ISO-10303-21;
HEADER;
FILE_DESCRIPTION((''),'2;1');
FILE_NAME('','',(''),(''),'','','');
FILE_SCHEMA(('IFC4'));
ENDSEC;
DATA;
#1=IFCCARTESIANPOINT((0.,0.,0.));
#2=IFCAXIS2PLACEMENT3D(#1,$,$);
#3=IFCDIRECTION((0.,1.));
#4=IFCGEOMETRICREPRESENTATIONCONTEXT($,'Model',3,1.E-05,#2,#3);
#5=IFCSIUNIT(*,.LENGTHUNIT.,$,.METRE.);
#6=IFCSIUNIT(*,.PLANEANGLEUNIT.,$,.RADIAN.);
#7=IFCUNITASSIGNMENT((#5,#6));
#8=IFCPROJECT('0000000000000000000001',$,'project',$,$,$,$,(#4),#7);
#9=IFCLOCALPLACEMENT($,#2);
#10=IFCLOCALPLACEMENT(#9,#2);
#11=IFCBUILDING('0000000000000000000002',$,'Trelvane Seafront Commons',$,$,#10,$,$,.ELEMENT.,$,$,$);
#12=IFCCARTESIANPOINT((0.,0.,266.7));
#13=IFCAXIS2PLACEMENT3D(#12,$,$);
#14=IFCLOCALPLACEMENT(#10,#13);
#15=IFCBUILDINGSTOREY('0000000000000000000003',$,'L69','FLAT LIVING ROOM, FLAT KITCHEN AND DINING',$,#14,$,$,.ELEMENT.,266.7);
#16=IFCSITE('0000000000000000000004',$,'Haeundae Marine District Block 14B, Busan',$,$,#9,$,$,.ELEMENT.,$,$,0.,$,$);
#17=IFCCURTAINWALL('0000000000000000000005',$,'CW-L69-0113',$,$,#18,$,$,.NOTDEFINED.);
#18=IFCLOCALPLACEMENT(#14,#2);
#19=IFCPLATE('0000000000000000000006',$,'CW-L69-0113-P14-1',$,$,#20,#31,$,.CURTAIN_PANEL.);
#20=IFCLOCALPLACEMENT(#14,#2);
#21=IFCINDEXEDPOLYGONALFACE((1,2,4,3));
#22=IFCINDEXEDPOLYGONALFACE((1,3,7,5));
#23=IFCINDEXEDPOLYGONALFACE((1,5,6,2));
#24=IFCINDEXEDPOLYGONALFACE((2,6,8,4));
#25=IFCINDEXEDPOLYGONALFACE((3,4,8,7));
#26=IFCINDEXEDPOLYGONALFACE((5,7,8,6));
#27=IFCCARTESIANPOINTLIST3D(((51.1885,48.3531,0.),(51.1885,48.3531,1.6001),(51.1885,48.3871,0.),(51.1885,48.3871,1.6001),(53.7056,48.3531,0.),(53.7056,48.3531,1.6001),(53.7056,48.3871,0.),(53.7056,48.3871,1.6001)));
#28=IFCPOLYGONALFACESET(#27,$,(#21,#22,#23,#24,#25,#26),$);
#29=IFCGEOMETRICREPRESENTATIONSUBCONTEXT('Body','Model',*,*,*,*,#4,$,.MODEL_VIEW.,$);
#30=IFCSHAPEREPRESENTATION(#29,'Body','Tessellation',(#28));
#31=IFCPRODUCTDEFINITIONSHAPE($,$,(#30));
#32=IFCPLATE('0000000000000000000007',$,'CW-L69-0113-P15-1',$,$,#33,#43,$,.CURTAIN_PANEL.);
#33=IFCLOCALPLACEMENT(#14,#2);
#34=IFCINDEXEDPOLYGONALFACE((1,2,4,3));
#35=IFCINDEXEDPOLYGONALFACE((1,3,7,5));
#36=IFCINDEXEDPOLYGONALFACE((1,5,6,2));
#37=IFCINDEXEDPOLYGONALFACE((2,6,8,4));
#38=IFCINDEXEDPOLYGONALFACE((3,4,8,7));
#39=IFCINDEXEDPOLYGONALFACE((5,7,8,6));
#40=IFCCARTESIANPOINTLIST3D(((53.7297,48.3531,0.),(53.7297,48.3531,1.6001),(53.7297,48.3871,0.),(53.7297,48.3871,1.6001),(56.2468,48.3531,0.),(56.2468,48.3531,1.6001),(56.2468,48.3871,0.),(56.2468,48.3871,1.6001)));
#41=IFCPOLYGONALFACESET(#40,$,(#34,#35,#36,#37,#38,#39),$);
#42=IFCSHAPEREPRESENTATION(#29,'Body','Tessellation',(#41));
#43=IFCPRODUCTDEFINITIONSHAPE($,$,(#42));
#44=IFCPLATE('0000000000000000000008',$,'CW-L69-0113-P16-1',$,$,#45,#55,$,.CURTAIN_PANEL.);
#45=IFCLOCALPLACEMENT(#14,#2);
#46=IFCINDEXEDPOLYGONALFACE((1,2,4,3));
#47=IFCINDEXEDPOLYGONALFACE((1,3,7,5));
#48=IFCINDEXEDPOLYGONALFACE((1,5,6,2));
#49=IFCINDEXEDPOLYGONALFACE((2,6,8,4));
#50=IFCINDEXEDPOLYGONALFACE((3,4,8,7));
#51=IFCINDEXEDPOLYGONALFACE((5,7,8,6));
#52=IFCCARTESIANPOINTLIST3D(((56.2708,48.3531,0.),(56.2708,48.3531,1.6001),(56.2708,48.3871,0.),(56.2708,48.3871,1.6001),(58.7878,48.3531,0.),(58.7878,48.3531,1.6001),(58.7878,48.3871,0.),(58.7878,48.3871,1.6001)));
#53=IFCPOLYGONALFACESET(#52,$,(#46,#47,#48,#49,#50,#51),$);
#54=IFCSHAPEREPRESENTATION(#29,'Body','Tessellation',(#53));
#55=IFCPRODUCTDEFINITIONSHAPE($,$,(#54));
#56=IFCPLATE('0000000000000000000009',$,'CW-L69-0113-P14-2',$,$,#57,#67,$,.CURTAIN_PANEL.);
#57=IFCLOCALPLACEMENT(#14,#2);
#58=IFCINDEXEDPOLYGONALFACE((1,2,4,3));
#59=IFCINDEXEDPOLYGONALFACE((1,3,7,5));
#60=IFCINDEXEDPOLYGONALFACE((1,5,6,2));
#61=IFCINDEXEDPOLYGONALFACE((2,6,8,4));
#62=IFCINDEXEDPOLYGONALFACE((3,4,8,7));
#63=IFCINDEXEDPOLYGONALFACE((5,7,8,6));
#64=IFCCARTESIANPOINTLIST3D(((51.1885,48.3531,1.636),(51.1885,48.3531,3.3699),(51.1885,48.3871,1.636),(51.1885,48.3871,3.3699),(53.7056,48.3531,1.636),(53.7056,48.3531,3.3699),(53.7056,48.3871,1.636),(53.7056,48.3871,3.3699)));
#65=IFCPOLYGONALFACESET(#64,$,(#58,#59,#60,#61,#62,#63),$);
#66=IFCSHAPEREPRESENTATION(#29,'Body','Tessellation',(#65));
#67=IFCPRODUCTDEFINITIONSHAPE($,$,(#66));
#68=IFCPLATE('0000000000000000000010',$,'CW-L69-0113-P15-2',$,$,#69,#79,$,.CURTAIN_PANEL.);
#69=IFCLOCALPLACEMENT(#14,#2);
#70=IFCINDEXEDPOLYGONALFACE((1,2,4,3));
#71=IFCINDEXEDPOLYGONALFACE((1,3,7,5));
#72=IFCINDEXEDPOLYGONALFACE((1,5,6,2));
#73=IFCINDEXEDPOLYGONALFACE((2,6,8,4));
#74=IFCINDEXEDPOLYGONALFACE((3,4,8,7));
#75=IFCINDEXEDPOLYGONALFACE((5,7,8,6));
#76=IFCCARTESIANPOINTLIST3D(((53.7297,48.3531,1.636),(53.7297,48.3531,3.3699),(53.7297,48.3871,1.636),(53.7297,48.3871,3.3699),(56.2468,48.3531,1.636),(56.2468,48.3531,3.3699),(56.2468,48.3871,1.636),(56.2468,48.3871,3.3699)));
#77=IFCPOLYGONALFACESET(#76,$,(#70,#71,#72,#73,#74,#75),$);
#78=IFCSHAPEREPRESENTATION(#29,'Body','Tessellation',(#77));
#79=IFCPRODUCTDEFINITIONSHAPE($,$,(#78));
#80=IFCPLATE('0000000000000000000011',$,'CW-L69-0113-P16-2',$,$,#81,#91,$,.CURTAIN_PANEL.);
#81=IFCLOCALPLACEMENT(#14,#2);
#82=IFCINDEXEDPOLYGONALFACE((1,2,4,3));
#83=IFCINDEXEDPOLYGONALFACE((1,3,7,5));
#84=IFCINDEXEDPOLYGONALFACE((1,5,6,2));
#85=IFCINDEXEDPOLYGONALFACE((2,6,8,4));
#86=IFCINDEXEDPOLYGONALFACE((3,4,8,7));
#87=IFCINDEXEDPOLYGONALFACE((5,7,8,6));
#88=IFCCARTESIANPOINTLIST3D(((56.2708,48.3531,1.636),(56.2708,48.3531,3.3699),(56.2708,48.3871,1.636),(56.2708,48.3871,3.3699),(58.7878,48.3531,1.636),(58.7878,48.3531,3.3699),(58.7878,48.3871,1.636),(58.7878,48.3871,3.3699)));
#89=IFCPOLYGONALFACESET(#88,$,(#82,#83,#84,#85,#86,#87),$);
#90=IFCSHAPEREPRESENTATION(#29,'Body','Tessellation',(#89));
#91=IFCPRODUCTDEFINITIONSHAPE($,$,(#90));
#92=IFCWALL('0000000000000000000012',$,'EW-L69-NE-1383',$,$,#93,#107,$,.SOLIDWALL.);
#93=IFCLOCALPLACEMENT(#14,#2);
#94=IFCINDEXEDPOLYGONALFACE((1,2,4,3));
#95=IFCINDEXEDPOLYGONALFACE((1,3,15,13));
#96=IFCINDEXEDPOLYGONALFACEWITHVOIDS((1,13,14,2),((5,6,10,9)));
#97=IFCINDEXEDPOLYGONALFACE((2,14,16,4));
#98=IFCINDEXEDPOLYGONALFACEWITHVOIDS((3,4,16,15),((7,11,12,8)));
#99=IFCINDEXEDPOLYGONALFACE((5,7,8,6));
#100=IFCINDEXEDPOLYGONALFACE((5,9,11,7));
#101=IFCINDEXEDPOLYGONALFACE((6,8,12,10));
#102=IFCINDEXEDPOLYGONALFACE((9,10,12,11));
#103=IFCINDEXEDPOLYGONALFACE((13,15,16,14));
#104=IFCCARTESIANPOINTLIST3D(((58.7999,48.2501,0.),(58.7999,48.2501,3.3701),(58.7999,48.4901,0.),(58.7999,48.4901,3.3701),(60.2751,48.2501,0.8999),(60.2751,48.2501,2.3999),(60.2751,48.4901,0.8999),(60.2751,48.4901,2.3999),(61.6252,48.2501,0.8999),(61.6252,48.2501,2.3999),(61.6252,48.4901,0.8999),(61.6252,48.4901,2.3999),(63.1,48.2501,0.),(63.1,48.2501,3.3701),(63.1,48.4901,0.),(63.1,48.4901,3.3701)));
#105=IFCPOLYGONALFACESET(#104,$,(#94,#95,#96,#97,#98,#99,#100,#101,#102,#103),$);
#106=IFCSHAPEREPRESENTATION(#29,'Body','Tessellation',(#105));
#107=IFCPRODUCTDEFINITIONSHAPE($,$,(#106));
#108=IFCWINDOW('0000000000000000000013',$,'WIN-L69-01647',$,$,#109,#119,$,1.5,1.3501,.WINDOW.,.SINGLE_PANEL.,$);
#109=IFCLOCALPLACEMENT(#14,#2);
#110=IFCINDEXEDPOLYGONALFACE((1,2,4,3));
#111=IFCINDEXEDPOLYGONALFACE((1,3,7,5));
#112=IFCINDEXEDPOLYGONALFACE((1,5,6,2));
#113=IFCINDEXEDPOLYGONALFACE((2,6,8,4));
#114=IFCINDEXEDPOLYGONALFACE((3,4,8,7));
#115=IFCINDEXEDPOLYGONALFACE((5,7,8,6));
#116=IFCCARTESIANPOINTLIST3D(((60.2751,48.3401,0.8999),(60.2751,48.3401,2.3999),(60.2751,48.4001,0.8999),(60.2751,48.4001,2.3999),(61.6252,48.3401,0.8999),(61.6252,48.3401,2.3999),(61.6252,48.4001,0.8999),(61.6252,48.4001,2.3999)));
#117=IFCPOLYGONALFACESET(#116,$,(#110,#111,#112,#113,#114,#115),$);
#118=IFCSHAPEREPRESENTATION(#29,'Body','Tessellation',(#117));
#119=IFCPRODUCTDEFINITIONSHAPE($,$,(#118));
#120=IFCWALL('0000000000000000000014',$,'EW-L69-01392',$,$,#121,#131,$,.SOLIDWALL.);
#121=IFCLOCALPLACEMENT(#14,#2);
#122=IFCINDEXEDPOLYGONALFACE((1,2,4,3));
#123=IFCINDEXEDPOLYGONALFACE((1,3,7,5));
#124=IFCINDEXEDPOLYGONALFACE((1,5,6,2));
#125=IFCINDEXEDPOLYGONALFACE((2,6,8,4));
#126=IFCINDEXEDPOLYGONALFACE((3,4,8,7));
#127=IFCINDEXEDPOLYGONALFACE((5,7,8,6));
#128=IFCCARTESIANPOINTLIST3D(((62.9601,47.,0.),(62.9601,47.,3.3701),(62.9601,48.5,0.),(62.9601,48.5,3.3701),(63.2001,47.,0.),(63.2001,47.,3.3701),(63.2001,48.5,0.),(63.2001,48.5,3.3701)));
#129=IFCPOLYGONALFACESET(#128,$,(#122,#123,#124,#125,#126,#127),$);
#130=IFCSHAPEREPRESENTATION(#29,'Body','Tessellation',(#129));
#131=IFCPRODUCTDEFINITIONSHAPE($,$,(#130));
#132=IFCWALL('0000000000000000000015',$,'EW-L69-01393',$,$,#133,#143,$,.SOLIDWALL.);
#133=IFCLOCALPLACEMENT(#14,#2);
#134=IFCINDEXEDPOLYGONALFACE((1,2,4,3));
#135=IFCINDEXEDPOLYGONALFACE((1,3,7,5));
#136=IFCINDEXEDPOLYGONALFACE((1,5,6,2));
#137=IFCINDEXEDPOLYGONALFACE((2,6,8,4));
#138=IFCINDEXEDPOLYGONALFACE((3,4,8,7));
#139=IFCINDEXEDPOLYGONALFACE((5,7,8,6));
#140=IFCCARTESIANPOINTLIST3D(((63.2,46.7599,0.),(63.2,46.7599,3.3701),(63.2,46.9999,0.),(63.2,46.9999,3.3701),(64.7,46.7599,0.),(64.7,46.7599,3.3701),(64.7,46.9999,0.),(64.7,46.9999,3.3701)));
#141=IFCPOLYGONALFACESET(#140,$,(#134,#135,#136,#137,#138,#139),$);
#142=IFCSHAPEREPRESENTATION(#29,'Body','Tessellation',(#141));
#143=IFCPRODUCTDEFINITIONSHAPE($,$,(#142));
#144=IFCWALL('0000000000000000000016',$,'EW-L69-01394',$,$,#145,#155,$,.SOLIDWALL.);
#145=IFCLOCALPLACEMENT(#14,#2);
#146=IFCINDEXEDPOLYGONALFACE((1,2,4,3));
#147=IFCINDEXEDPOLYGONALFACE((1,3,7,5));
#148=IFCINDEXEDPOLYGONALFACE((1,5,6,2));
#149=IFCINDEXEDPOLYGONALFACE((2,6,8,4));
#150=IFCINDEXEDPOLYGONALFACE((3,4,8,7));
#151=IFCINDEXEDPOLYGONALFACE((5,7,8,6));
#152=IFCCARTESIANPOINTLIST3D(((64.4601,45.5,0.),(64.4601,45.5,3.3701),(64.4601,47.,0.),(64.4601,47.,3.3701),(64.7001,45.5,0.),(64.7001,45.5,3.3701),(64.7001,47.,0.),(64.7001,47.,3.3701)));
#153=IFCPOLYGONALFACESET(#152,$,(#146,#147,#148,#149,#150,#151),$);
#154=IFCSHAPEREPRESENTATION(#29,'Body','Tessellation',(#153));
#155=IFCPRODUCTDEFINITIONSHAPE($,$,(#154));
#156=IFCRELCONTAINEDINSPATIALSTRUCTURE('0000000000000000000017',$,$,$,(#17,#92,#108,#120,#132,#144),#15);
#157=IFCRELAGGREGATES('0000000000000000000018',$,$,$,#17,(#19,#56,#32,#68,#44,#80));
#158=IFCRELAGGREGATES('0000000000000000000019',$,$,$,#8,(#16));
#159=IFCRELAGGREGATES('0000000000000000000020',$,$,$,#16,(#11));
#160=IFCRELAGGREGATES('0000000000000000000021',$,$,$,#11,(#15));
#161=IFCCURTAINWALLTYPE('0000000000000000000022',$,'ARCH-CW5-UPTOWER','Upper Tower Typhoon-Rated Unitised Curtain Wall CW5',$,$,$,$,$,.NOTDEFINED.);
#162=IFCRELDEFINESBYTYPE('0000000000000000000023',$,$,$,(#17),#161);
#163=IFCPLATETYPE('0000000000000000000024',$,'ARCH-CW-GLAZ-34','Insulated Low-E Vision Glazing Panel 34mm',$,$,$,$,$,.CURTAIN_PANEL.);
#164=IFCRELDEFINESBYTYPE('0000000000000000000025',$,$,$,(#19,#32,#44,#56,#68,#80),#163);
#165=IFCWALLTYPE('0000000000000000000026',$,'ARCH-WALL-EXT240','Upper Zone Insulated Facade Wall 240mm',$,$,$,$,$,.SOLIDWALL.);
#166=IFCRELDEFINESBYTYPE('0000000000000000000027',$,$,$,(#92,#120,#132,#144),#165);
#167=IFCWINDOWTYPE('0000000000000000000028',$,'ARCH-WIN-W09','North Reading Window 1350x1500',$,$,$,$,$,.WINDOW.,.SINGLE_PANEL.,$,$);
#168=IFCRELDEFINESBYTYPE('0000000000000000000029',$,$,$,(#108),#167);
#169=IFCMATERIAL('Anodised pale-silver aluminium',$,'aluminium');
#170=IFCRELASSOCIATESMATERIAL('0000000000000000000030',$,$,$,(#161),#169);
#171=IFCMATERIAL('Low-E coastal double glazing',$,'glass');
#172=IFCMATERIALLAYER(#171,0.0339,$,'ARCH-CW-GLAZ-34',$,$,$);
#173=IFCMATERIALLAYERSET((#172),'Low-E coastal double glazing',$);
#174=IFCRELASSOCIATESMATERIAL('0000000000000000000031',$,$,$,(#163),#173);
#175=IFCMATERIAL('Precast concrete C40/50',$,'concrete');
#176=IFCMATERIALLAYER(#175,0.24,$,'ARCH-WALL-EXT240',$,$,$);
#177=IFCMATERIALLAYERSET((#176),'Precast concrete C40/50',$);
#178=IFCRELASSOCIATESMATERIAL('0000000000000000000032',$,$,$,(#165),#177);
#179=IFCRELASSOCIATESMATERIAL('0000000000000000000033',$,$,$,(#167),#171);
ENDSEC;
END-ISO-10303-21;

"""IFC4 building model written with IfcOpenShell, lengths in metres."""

from ifc_helpers import new_model, si_unit, direction, frame, frame_2d, origin, origin_2d, place, context, subcontext, project, spatial, rectangle, extrude, source, transform, mapped, material, layer, layer_set, type_object, element, fill, aggregate, save


model = new_model("IFC4")

# Units and contexts
model_context = context("Model", 3, precision=1e-05, world=origin(), true_north=direction((0.0, 1.0)))
body_context = subcontext(model_context, "Body", "Model", "MODEL_VIEW")
ifc_project = project(units=[si_unit("LENGTHUNIT", "METRE"), si_unit("PLANEANGLEUNIT", "RADIAN")], contexts=[model_context])

# Site, building, storey
site_placement = place(None, origin())
site = spatial("IfcSite", under=ifc_project, at=site_placement, Name="Haeundae Marine District Block 14B, Busan", CompositionType="ELEMENT", RefElevation=0.0)
building_placement = place(site_placement, origin())
building = spatial("IfcBuilding", under=site, at=building_placement, Name="Trelvane Seafront Commons", CompositionType="ELEMENT")
storey_placement = place(building_placement, frame((0.0, 0.0, 266.7)))
storey = spatial("IfcBuildingStorey", under=building, at=storey_placement, Name="L69", Description="FLAT LIVING ROOM, FLAT KITCHEN AND DINING", CompositionType="ELEMENT", Elevation=266.7)

# Curtain wall
ifc_material_1 = material(Name="Anodised pale-silver aluminium", Category="aluminium")
curtain_wall_type = type_object("IfcCurtainWallType", Name="ARCH-CW5-UPTOWER", Description="Upper Tower Typhoon-Rated Unitised Curtain Wall CW5", PredefinedType="NOTDEFINED", material=ifc_material_1)
curtain_wall_placement = place(storey_placement, origin())
curtain_wall = element("IfcCurtainWall", 1, at=curtain_wall_placement, inside=storey, type_object=curtain_wall_type, Name="CW-L69-0113", PredefinedType="NOTDEFINED")

# Plates
ifc_material_2 = material(Name="Low-E coastal double glazing", Category="glass")
ifc_layer_1 = layer(ifc_material_2, 0.0339, Name="ARCH-CW-GLAZ-34")
ifc_layer_set_1 = layer_set([ifc_layer_1], Name="Low-E coastal double glazing")
plate_type_1 = type_object("IfcPlateType", Name="ARCH-CW-GLAZ-34", Description="Insulated Low-E Vision Glazing Panel 34mm", PredefinedType="CURTAIN_PANEL", material=ifc_layer_set_1)
shared_shape_1 = source(origin(), body_context, "Body", "SweptSolid", [
    extrude(rectangle(XDim=2.5171, YDim=0.0339, at=origin_2d()), origin(), (0.0, 0.0, 1.0), 1.6001),
])
plate_1_placement = place(storey_placement, frame((52.447, 48.3701, 0.0), z_axis=(0.0, 0.0, 1.0), x_axis=(1.0, 0.0, 0.0)))
plate_1 = element("IfcPlate", 2, at=plate_1_placement, type_object=plate_type_1, Name="CW-L69-0113-P14-1", PredefinedType="CURTAIN_PANEL", context=body_context, shape_type="MappedRepresentation", body=[
    mapped(shared_shape_1, transform((0.0, 0.0, 0.0), x_axis=(1.0, 0.0, 0.0), y_axis=(0.0, 1.0, 0.0), z_axis=(0.0, 0.0, 1.0), scale=1.0)),
])
plate_2_placement = place(storey_placement, frame((54.9883, 48.3701, 0.0), z_axis=(0.0, 0.0, 1.0), x_axis=(1.0, 0.0, 0.0)))
plate_2 = element("IfcPlate", 3, at=plate_2_placement, type_object=plate_type_1, Name="CW-L69-0113-P15-1", PredefinedType="CURTAIN_PANEL", context=body_context, shape_type="MappedRepresentation", body=[
    mapped(shared_shape_1, transform((0.0, 0.0, 0.0), x_axis=(1.0, 0.0, 0.0), y_axis=(0.0, 1.0, 0.0), z_axis=(0.0, 0.0, 1.0), scale=1.0)),
])
plate_3_placement = place(storey_placement, frame((57.5293, 48.3701, 0.0), z_axis=(0.0, 0.0, 1.0), x_axis=(1.0, 0.0, 0.0)))
plate_3 = element("IfcPlate", 4, at=plate_3_placement, type_object=plate_type_1, Name="CW-L69-0113-P16-1", PredefinedType="CURTAIN_PANEL", context=body_context, shape_type="MappedRepresentation", body=[
    mapped(shared_shape_1, transform((0.0, 0.0, 0.0), x_axis=(1.0, 0.0, 0.0), y_axis=(0.0, 1.0, 0.0), z_axis=(0.0, 0.0, 1.0), scale=1.0)),
])
shared_shape_2 = source(origin(), body_context, "Body", "SweptSolid", [
    extrude(rectangle(XDim=2.5171, YDim=0.0339, at=origin_2d()), origin(), (0.0, 0.0, 1.0), 1.7339),
])
plate_4_placement = place(storey_placement, frame((52.447, 48.3701, 1.636), z_axis=(0.0, 0.0, 1.0), x_axis=(1.0, 0.0, 0.0)))
plate_4 = element("IfcPlate", 5, at=plate_4_placement, type_object=plate_type_1, Name="CW-L69-0113-P14-2", PredefinedType="CURTAIN_PANEL", context=body_context, shape_type="MappedRepresentation", body=[
    mapped(shared_shape_2, transform((0.0, 0.0, 0.0), x_axis=(1.0, 0.0, 0.0), y_axis=(0.0, 1.0, 0.0), z_axis=(0.0, 0.0, 1.0), scale=1.0)),
])
plate_5_placement = place(storey_placement, frame((54.9883, 48.3701, 1.636), z_axis=(0.0, 0.0, 1.0), x_axis=(1.0, 0.0, 0.0)))
plate_5 = element("IfcPlate", 6, at=plate_5_placement, type_object=plate_type_1, Name="CW-L69-0113-P15-2", PredefinedType="CURTAIN_PANEL", context=body_context, shape_type="MappedRepresentation", body=[
    mapped(shared_shape_2, transform((0.0, 0.0, 0.0), x_axis=(1.0, 0.0, 0.0), y_axis=(0.0, 1.0, 0.0), z_axis=(0.0, 0.0, 1.0), scale=1.0)),
])
plate_6_placement = place(storey_placement, frame((57.5293, 48.3701, 1.636), z_axis=(0.0, 0.0, 1.0), x_axis=(1.0, 0.0, 0.0)))
plate_6 = element("IfcPlate", 7, at=plate_6_placement, type_object=plate_type_1, Name="CW-L69-0113-P16-2", PredefinedType="CURTAIN_PANEL", context=body_context, shape_type="MappedRepresentation", body=[
    mapped(shared_shape_2, transform((0.0, 0.0, 0.0), x_axis=(1.0, 0.0, 0.0), y_axis=(0.0, 1.0, 0.0), z_axis=(0.0, 0.0, 1.0), scale=1.0)),
])
aggregate(curtain_wall, [plate_1, plate_4, plate_2, plate_5, plate_3, plate_6])

# Wall, opening, window
ifc_material_3 = material(Name="Precast concrete C40/50", Category="concrete")
ifc_layer_2 = layer(ifc_material_3, 0.24, Name="ARCH-WALL-EXT240")
ifc_layer_set_2 = layer_set([ifc_layer_2], Name="Precast concrete C40/50")
wall_type = type_object("IfcWallType", Name="ARCH-WALL-EXT240", Description="Upper Zone Insulated Facade Wall 240mm", PredefinedType="SOLIDWALL", material=ifc_layer_set_2)
wall_1_placement = place(storey_placement, frame((58.8, 48.3701, 0.0), z_axis=(0.0, 0.0, 1.0), x_axis=(1.0, 0.0, 0.0)))
wall_1 = element("IfcWall", 8, at=wall_1_placement, inside=storey, type_object=wall_type, Name="EW-L69-NE-1383", PredefinedType="SOLIDWALL", context=body_context, shape_type="SweptSolid", body=[
    extrude(rectangle(XDim=4.3, YDim=0.24, at=frame_2d((2.1499, 0.0))), origin(), (0.0, 0.0, 1.0), 3.3701),
])
opening_1_placement = place(wall_1_placement, frame((1.4751, 0.0, 0.8999)))
opening_1 = element("IfcOpeningElement", 9, at=opening_1_placement, cuts=wall_1, PredefinedType="OPENING", context=body_context, shape_type="SweptSolid", body=[
    extrude(rectangle(XDim=1.3501, YDim=1.5, at=frame_2d((0.675, 0.75))), frame((0.0, 0.1299, 0.0), z_axis=(0.0, -1.0, 0.0), x_axis=(1.0, 0.0, 0.0)), (0.0, 0.0, 1.0), 0.26),
])
window_type_1 = type_object("IfcWindowType", Name="ARCH-WIN-W09", Description="North Reading Window 1350x1500", PartitioningType="SINGLE_PANEL", PredefinedType="WINDOW", material=ifc_material_2)
shared_shape_3 = source(origin(), body_context, "Body", "SweptSolid", [
    extrude(rectangle(XDim=1.3501, YDim=1.5, at=frame_2d((0.675, 0.75))), frame((0.0, 0.03, 0.0), z_axis=(0.0, -1.0, 0.0), x_axis=(1.0, 0.0, 0.0)), (0.0, 0.0, 1.0), 0.0601),
])
window_1_placement = place(opening_1_placement, origin())
window_1 = element("IfcWindow", 10, at=window_1_placement, inside=storey, type_object=window_type_1, Name="WIN-L69-01647", OverallHeight=1.5, OverallWidth=1.3501, PartitioningType="SINGLE_PANEL", PredefinedType="WINDOW", context=body_context, shape_type="MappedRepresentation", body=[
    mapped(shared_shape_3, transform((0.0, 0.0, 0.0), x_axis=(1.0, 0.0, 0.0), y_axis=(0.0, 1.0, 0.0), z_axis=(0.0, 0.0, 1.0), scale=1.0)),
])
fill(opening_1, window_1)

# Walls
for number, where, z_axis, x_axis, name in (
    (11, (63.0801, 48.5, 0.0), (0.0, 0.0, 1.0), (0.0, -1.0, 0.0), "EW-L69-01392"),
    (12, (63.2, 46.8799, 0.0), (0.0, 0.0, 1.0), (1.0, 0.0, 0.0), "EW-L69-01393"),
    (13, (64.5801, 47.0, 0.0), (0.0, 0.0, 1.0), (0.0, -1.0, 0.0), "EW-L69-01394"),
):
    element("IfcWall", number, at=place(storey_placement, frame(where, z_axis=z_axis, x_axis=x_axis)), inside=storey, type_object=wall_type, Name=name, PredefinedType="SOLIDWALL", context=body_context, shape_type="SweptSolid", body=[
        extrude(rectangle(XDim=1.5, YDim=0.24, at=frame_2d((0.75, 0.0))), origin(), (0.0, 0.0, 1.0), 3.3701),
    ])

save(model, "model.ifc")
